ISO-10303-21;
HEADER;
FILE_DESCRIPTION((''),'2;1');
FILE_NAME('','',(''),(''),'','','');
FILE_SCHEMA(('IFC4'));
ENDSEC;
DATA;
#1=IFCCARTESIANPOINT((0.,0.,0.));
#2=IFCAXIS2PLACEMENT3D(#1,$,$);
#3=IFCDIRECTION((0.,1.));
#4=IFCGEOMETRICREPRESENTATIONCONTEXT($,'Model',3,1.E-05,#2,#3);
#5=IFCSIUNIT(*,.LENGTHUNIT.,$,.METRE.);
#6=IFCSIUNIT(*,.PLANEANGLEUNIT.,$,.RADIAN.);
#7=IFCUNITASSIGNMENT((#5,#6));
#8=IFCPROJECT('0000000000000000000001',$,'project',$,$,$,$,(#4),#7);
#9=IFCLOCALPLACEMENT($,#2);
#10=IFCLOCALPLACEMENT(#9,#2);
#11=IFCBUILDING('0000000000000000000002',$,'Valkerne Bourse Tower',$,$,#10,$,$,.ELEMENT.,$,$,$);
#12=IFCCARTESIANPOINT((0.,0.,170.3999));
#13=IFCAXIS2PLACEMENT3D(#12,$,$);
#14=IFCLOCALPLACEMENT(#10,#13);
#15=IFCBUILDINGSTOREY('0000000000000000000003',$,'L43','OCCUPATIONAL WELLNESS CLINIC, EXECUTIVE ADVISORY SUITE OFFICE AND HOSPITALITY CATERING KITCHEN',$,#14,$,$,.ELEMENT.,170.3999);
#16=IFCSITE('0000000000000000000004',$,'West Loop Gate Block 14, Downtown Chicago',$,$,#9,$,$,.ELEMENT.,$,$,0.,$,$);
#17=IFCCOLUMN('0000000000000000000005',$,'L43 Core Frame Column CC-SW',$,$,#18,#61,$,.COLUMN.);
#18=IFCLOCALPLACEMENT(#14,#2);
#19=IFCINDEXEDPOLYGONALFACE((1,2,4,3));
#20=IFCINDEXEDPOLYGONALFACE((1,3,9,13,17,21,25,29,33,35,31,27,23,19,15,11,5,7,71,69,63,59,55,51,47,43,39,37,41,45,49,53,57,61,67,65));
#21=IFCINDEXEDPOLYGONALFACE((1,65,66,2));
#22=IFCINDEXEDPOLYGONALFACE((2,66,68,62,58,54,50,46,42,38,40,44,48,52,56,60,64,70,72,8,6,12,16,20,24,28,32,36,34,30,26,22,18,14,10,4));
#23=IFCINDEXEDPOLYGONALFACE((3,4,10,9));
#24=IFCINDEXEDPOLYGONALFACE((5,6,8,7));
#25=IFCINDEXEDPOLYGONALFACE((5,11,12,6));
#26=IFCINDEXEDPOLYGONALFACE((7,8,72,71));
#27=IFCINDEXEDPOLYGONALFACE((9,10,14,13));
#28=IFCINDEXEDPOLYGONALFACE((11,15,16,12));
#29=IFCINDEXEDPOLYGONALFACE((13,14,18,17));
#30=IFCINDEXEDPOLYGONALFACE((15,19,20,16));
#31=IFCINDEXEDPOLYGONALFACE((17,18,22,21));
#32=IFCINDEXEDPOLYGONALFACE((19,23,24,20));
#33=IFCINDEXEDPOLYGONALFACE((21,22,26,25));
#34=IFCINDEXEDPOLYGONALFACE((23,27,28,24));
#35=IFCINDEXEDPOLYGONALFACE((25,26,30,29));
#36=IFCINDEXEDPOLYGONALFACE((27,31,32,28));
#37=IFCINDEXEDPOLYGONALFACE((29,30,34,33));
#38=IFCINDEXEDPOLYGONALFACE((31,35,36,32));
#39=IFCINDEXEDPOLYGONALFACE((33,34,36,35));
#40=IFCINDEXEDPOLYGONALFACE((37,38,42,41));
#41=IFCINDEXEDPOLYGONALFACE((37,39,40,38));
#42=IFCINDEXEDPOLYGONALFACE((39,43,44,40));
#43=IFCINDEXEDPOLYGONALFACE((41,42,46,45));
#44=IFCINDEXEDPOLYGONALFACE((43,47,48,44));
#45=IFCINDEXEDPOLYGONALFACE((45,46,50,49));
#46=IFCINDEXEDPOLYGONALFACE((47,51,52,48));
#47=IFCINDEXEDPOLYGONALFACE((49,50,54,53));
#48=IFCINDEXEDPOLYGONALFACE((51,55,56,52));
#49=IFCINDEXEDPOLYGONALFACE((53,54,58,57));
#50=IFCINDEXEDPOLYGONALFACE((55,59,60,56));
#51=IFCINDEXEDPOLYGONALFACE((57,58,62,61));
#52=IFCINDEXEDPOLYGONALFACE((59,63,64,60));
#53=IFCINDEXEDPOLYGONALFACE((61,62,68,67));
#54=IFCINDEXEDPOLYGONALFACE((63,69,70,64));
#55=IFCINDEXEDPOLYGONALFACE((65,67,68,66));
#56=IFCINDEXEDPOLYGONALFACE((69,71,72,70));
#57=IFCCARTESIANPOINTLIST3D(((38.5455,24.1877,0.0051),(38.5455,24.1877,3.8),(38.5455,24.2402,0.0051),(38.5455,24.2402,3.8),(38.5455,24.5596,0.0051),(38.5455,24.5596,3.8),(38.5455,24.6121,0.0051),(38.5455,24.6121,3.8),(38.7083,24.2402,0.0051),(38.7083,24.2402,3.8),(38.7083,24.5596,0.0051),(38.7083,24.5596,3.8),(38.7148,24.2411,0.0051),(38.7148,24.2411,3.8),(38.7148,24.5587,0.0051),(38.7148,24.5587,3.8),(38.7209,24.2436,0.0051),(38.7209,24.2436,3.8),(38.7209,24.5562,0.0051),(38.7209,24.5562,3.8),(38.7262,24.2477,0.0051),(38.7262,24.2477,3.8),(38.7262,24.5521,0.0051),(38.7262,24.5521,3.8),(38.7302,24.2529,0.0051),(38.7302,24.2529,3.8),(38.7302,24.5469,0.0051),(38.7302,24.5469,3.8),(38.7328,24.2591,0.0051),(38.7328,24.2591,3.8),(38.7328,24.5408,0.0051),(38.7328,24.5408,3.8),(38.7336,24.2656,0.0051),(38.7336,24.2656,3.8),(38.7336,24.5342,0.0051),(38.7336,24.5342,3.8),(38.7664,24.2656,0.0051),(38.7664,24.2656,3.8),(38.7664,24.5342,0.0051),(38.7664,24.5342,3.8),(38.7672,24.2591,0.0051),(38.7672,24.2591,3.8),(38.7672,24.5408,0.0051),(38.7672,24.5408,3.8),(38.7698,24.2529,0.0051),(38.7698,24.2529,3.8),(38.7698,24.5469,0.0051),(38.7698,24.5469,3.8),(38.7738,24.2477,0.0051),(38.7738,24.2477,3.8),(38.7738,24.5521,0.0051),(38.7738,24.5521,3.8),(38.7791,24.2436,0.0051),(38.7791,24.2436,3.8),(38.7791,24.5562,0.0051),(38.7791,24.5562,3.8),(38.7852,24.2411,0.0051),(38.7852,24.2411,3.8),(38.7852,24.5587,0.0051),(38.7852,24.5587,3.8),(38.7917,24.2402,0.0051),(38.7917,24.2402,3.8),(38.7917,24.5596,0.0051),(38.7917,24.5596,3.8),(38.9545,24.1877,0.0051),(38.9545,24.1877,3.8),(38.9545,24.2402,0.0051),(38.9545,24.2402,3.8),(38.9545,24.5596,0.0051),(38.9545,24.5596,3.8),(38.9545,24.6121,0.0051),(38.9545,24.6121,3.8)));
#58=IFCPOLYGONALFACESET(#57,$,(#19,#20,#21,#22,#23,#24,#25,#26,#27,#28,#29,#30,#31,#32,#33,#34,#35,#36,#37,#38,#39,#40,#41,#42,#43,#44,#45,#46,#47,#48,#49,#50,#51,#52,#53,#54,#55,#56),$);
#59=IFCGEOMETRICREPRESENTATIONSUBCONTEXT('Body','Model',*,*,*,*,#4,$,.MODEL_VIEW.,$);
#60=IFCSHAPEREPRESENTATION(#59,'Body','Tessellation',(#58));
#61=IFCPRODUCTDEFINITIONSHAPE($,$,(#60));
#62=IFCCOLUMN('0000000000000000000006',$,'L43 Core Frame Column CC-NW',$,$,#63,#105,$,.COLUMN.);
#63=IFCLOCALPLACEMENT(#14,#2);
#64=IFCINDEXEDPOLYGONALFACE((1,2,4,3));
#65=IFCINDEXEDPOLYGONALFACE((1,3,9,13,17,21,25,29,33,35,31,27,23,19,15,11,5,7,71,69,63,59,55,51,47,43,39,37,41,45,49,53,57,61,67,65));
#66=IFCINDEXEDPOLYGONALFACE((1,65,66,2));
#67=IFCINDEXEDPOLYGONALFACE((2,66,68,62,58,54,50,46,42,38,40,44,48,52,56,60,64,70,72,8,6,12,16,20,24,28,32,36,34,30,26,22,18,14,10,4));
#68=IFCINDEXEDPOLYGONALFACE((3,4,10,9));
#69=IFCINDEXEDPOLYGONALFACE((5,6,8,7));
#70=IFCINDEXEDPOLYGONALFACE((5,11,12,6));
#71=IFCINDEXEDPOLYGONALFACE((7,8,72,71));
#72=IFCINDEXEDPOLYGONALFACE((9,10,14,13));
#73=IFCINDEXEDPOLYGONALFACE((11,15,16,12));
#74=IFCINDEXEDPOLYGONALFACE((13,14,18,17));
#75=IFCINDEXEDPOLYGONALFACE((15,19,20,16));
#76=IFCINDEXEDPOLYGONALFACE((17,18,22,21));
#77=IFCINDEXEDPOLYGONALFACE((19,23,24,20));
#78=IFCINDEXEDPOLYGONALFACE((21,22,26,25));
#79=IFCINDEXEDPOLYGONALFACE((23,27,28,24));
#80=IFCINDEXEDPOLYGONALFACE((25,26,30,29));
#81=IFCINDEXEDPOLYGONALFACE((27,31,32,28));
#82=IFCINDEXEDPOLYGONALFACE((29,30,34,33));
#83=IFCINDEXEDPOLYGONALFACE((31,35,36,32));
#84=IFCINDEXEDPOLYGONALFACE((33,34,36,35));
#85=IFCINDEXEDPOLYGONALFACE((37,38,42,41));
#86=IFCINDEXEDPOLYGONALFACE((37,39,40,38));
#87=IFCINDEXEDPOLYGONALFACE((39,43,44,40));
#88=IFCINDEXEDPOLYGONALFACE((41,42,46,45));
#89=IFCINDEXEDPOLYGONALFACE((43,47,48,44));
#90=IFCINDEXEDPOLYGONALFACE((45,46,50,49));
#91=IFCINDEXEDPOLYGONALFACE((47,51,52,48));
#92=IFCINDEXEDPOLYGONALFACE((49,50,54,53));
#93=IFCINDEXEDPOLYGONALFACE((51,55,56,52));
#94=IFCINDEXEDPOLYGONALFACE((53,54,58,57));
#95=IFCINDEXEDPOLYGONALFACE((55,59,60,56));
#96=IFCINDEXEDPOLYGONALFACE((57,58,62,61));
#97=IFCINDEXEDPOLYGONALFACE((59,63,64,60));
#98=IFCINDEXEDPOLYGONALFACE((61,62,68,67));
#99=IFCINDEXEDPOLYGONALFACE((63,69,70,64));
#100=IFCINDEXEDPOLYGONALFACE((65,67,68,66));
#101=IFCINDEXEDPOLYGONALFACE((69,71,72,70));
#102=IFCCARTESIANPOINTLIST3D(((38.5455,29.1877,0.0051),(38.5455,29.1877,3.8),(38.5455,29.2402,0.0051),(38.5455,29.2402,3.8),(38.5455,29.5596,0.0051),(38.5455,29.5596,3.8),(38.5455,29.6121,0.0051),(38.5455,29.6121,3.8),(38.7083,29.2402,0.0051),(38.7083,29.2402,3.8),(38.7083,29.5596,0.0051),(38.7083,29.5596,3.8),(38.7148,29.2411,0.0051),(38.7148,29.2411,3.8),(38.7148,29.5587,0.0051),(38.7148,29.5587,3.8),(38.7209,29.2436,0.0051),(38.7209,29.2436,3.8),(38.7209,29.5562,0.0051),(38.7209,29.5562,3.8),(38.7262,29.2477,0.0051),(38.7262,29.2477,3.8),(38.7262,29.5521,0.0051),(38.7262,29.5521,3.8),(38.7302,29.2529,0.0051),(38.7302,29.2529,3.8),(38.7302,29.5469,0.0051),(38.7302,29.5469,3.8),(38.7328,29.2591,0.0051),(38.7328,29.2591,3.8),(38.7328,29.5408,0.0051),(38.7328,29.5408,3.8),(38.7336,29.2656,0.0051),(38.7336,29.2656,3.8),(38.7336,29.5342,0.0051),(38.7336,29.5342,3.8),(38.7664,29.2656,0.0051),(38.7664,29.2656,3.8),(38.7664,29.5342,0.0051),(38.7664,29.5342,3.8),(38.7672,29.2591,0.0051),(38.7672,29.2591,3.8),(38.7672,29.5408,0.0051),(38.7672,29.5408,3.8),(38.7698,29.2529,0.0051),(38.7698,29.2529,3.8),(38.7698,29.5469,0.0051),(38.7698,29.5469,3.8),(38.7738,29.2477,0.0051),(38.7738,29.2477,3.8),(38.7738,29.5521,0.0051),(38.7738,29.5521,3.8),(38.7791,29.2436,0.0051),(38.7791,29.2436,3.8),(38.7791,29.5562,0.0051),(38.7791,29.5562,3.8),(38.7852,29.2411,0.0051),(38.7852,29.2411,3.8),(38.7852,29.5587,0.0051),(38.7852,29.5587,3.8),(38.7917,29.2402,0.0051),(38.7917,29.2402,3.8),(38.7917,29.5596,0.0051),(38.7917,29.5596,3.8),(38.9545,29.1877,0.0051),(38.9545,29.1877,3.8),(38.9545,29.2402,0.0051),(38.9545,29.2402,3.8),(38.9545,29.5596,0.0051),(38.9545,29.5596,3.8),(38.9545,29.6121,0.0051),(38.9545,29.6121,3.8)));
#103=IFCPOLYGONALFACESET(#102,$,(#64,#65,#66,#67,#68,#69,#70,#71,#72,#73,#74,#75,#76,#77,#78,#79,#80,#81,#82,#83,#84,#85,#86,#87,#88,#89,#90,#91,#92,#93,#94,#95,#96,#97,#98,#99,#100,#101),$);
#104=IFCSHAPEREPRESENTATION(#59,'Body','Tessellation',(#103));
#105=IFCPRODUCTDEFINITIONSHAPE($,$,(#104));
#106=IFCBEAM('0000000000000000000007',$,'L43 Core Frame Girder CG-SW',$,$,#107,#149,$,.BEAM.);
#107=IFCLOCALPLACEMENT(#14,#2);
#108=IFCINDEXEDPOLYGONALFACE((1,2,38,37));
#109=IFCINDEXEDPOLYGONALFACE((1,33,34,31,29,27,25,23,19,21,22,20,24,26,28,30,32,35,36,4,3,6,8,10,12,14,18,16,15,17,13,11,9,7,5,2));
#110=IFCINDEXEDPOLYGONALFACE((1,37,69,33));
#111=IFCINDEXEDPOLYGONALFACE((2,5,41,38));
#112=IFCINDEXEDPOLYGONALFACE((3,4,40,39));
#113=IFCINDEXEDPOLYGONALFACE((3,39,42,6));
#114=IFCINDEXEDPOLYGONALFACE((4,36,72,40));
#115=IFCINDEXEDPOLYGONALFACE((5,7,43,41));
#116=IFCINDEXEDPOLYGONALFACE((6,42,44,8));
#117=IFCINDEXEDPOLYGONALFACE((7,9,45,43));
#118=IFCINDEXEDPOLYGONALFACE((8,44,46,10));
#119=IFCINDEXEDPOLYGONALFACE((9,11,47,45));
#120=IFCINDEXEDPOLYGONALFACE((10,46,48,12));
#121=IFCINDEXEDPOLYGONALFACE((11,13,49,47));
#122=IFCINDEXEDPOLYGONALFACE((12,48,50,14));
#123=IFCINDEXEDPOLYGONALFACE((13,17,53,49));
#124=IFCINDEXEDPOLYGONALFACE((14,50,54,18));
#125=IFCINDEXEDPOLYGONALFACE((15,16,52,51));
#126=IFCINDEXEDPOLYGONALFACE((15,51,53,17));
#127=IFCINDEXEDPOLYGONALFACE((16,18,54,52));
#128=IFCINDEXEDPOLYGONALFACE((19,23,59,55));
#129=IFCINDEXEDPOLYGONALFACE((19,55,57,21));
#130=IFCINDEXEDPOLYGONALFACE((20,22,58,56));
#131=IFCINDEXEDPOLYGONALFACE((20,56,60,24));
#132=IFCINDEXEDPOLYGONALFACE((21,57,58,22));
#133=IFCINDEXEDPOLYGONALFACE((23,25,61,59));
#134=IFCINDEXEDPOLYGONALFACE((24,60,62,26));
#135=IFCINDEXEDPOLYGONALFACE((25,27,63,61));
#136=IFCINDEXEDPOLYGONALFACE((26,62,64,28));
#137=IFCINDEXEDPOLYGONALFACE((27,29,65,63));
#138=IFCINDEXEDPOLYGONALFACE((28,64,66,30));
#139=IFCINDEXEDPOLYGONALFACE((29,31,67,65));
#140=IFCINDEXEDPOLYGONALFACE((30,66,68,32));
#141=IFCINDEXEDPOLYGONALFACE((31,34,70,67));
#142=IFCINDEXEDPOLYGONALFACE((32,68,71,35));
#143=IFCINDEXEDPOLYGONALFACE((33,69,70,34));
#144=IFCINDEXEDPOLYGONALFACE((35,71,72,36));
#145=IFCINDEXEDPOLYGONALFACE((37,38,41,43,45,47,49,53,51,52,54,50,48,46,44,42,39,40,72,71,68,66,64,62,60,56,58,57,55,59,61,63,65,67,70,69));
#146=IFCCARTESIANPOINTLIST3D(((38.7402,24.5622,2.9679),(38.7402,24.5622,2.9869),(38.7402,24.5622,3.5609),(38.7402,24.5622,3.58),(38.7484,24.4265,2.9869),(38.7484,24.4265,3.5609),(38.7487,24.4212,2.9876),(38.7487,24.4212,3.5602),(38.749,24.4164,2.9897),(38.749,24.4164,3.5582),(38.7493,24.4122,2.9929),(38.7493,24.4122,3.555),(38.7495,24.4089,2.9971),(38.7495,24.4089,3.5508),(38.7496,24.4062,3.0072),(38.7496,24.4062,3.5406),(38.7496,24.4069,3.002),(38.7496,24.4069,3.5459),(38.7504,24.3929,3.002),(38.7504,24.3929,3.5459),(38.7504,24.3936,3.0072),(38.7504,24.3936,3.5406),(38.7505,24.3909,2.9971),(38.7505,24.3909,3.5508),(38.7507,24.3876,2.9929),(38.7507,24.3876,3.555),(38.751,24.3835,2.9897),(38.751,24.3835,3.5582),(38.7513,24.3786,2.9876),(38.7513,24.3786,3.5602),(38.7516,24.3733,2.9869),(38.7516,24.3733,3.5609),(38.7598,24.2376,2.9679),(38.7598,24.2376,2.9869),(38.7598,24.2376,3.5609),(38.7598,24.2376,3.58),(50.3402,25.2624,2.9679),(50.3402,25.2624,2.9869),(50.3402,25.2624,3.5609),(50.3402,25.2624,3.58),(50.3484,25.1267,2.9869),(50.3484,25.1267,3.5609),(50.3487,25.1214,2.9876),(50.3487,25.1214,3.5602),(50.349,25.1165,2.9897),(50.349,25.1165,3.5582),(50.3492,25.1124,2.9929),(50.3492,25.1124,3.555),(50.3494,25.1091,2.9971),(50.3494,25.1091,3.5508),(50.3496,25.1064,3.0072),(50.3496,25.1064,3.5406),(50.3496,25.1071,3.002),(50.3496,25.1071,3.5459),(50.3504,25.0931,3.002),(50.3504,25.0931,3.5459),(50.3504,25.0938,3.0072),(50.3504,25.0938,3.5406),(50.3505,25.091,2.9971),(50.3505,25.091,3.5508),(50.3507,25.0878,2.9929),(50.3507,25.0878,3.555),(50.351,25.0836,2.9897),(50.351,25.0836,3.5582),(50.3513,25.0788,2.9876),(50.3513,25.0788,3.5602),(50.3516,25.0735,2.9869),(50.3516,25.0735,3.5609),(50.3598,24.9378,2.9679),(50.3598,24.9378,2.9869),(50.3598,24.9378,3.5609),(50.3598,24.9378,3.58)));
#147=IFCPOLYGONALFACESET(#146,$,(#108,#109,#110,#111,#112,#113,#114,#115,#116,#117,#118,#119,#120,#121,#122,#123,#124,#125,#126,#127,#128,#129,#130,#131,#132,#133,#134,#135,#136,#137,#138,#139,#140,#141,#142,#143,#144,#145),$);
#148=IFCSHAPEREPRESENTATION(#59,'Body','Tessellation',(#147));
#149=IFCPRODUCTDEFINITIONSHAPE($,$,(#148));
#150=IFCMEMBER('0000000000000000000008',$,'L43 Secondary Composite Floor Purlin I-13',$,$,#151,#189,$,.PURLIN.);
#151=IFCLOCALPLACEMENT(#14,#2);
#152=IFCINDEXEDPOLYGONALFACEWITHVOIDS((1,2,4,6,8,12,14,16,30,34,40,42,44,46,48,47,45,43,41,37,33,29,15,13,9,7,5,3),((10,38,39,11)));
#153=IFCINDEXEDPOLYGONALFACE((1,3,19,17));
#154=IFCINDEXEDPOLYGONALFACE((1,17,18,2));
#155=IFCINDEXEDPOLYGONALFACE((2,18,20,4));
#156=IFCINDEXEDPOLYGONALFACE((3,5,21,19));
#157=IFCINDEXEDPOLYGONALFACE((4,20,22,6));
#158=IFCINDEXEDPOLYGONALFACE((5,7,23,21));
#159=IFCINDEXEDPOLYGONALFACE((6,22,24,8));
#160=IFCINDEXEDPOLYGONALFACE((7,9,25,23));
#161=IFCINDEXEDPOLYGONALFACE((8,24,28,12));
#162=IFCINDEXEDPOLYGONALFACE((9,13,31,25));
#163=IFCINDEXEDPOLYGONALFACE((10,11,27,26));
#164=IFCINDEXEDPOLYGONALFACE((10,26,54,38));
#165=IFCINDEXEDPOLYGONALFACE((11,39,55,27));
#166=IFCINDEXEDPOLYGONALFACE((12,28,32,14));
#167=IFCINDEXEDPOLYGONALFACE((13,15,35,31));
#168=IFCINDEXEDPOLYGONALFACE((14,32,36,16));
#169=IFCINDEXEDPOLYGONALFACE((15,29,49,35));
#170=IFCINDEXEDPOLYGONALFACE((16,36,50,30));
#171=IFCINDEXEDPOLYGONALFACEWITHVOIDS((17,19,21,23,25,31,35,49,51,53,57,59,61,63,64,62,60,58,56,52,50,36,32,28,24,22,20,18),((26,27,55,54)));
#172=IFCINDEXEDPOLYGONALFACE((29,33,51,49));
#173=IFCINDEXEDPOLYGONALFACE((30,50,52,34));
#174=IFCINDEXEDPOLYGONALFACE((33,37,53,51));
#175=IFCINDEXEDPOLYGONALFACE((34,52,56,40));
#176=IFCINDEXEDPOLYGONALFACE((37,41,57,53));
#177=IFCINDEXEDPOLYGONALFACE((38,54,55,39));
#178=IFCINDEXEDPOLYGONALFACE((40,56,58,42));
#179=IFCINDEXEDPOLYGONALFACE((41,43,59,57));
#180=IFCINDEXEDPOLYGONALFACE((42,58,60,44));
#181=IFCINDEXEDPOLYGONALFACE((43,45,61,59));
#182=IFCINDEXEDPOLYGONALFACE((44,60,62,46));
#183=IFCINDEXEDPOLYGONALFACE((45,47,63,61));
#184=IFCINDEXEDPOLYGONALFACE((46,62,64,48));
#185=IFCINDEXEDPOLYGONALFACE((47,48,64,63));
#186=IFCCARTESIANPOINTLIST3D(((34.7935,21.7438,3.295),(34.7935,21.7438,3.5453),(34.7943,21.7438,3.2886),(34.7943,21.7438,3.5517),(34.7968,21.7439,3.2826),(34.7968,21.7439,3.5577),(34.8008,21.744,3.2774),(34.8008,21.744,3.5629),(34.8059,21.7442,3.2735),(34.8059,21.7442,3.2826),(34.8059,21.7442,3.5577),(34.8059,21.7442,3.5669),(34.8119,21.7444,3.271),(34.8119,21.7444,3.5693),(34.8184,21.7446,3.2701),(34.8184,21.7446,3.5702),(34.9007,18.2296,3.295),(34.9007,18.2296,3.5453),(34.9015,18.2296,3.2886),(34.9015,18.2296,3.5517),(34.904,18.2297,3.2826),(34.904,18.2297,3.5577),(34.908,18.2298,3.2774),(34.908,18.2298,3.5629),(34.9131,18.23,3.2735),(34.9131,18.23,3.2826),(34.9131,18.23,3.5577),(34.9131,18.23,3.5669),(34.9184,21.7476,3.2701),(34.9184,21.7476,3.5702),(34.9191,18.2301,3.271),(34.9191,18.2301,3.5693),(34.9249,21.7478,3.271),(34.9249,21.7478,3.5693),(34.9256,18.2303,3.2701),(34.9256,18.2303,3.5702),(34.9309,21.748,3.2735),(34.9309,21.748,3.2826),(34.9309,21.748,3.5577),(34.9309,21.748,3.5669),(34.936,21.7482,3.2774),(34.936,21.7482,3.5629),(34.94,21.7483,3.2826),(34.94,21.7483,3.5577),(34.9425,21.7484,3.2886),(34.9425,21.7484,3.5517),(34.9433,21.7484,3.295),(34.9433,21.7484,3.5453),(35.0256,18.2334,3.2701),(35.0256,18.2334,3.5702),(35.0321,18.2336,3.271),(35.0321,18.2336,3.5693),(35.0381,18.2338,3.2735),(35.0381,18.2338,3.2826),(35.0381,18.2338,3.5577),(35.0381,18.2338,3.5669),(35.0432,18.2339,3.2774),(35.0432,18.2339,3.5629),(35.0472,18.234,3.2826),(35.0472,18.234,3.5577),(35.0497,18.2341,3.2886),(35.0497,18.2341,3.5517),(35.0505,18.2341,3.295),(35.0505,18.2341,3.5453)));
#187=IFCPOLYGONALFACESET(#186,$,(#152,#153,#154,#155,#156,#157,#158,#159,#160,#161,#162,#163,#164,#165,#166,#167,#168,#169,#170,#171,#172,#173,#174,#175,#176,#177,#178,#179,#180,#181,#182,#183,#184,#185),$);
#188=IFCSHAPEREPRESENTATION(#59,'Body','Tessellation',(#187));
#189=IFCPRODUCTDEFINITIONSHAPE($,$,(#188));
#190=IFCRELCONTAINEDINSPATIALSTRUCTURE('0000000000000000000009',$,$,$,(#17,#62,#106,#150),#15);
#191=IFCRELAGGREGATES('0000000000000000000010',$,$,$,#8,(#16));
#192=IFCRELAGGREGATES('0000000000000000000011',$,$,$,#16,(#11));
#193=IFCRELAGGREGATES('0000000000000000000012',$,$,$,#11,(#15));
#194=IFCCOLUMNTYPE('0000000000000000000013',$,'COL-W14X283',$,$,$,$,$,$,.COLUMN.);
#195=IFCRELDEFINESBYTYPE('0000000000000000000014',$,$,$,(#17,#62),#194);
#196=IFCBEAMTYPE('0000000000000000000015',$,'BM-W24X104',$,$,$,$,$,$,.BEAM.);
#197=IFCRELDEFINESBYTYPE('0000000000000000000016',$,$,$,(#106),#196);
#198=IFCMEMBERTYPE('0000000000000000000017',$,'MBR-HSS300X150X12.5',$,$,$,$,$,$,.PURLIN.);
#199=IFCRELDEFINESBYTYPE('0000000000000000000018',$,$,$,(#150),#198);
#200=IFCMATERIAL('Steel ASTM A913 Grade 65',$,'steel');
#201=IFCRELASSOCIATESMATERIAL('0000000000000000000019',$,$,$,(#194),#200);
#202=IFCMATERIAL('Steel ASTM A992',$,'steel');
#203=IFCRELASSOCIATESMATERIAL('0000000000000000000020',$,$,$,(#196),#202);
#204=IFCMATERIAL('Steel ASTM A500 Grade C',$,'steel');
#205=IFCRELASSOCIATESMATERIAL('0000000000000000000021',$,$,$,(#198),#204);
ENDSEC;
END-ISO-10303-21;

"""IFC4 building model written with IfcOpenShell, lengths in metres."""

from ifc_helpers import new_model, si_unit, direction, frame, origin, origin_2d, place, context, subcontext, project, spatial, hollow_rectangle, i_section, extrude, material, material_profile, profile_set, type_object, element, save


model = new_model("IFC4")

# Units and contexts
model_context = context("Model", 3, precision=1e-05, world=origin(), true_north=direction((0.0, 1.0)))
body_context = subcontext(model_context, "Body", "Model", "MODEL_VIEW")
ifc_project = project(units=[si_unit("LENGTHUNIT", "METRE"), si_unit("PLANEANGLEUNIT", "RADIAN")], contexts=[model_context])

# Site, building, storey
site_placement = place(None, origin())
site = spatial("IfcSite", under=ifc_project, at=site_placement, Name="West Loop Gate Block 14, Downtown Chicago", CompositionType="ELEMENT", RefElevation=0.0)
building_placement = place(site_placement, origin())
building = spatial("IfcBuilding", under=site, at=building_placement, Name="Valkerne Bourse Tower", CompositionType="ELEMENT")
storey_placement = place(building_placement, frame((0.0, 0.0, 170.3999)))
storey = spatial("IfcBuildingStorey", under=building, at=storey_placement, Name="L43", Description="OCCUPATIONAL WELLNESS CLINIC, EXECUTIVE ADVISORY SUITE OFFICE AND HOSPITALITY CATERING KITCHEN", CompositionType="ELEMENT", Elevation=170.3999)

# Columns
ifc_material_1 = material(Name="Steel ASTM A913 Grade 65", Category="steel")
ifc_material_profile_1 = material_profile(ifc_material_1, i_section(OverallWidth=0.4089, OverallDepth=0.4243, WebThickness=0.0327, FlangeThickness=0.0525, FilletRadius=0.0254, at=origin_2d()), Name="W14X283")
ifc_profile_set_1 = profile_set([ifc_material_profile_1], Name="Steel ASTM A913 Grade 65")
column_type = type_object("IfcColumnType", Name="COL-W14X283", PredefinedType="COLUMN", material=ifc_profile_set_1)
for number, where, z_axis, x_axis, name in (
    (1, (38.75, 24.3999, 0.0051), (0.0, 0.0, 1.0), (1.0, 0.0, 0.0), "L43 Core Frame Column CC-SW"),
    (2, (38.75, 29.3999, 0.0051), (0.0, 0.0, 1.0), (1.0, 0.0, 0.0), "L43 Core Frame Column CC-NW"),
):
    element("IfcColumn", number, at=place(storey_placement, frame(where, z_axis=z_axis, x_axis=x_axis)), inside=storey, type_object=column_type, Name=name, PredefinedType="COLUMN", context=body_context, shape_type="SweptSolid", body=[
        extrude(i_section(OverallWidth=0.4089, OverallDepth=0.4243, WebThickness=0.0327, FlangeThickness=0.0525, FilletRadius=0.0254, at=origin_2d()), origin(), (0.0, 0.0, 1.0), 3.7949),
    ])

# Beam
ifc_material_2 = material(Name="Steel ASTM A992", Category="steel")
ifc_material_profile_2 = material_profile(ifc_material_2, i_section(OverallWidth=0.3252, OverallDepth=0.6121, WebThickness=0.0127, FlangeThickness=0.019, FilletRadius=0.0203, at=origin_2d()), Name="W24X104")
ifc_profile_set_2 = profile_set([ifc_material_profile_2], Name="Steel ASTM A992")
beam_type = type_object("IfcBeamType", Name="BM-W24X104", PredefinedType="BEAM", material=ifc_profile_set_2)
beam_placement = place(storey_placement, frame((38.75, 24.3999, 3.2739), z_axis=(0.998183, 0.060251, 0.0), x_axis=(-0.060251, 0.998183, 0.0)))
element("IfcBeam", 3, at=beam_placement, inside=storey, type_object=beam_type, Name="L43 Core Frame Girder CG-SW", PredefinedType="BEAM", context=body_context, shape_type="SweptSolid", body=[
    extrude(i_section(OverallWidth=0.3252, OverallDepth=0.6121, WebThickness=0.0127, FlangeThickness=0.019, FilletRadius=0.0203, at=origin_2d()), origin(), (0.0, 0.0, 1.0), 11.6211),
])

# Member
ifc_material_3 = material(Name="Steel ASTM A500 Grade C", Category="steel")
ifc_material_profile_3 = material_profile(ifc_material_3, hollow_rectangle(XDim=0.1499, YDim=0.3, WallThickness=0.0125, OuterFilletRadius=0.0249, at=origin_2d()), Name="HSS300X150X12.5")
ifc_profile_set_3 = profile_set([ifc_material_profile_3], Name="Steel ASTM A500 Grade C")
member_type = type_object("IfcMemberType", Name="MBR-HSS300X150X12.5", PredefinedType="PURLIN", material=ifc_profile_set_3)
member_1_placement = place(storey_placement, frame((34.8684, 21.7461, 3.4202), z_axis=(0.030485, -0.999535, 0.0), x_axis=(0.999535, 0.030485, 0.0)))
element("IfcMember", 4, at=member_1_placement, inside=storey, type_object=member_type, Name="L43 Secondary Composite Floor Purlin I-13", PredefinedType="PURLIN", context=body_context, shape_type="SweptSolid", body=[
    extrude(hollow_rectangle(XDim=0.1499, YDim=0.3, WallThickness=0.0125, OuterFilletRadius=0.0249, at=origin_2d()), origin(), (0.0, 0.0, 1.0), 3.5159),
])

save(model, "model.ifc")
